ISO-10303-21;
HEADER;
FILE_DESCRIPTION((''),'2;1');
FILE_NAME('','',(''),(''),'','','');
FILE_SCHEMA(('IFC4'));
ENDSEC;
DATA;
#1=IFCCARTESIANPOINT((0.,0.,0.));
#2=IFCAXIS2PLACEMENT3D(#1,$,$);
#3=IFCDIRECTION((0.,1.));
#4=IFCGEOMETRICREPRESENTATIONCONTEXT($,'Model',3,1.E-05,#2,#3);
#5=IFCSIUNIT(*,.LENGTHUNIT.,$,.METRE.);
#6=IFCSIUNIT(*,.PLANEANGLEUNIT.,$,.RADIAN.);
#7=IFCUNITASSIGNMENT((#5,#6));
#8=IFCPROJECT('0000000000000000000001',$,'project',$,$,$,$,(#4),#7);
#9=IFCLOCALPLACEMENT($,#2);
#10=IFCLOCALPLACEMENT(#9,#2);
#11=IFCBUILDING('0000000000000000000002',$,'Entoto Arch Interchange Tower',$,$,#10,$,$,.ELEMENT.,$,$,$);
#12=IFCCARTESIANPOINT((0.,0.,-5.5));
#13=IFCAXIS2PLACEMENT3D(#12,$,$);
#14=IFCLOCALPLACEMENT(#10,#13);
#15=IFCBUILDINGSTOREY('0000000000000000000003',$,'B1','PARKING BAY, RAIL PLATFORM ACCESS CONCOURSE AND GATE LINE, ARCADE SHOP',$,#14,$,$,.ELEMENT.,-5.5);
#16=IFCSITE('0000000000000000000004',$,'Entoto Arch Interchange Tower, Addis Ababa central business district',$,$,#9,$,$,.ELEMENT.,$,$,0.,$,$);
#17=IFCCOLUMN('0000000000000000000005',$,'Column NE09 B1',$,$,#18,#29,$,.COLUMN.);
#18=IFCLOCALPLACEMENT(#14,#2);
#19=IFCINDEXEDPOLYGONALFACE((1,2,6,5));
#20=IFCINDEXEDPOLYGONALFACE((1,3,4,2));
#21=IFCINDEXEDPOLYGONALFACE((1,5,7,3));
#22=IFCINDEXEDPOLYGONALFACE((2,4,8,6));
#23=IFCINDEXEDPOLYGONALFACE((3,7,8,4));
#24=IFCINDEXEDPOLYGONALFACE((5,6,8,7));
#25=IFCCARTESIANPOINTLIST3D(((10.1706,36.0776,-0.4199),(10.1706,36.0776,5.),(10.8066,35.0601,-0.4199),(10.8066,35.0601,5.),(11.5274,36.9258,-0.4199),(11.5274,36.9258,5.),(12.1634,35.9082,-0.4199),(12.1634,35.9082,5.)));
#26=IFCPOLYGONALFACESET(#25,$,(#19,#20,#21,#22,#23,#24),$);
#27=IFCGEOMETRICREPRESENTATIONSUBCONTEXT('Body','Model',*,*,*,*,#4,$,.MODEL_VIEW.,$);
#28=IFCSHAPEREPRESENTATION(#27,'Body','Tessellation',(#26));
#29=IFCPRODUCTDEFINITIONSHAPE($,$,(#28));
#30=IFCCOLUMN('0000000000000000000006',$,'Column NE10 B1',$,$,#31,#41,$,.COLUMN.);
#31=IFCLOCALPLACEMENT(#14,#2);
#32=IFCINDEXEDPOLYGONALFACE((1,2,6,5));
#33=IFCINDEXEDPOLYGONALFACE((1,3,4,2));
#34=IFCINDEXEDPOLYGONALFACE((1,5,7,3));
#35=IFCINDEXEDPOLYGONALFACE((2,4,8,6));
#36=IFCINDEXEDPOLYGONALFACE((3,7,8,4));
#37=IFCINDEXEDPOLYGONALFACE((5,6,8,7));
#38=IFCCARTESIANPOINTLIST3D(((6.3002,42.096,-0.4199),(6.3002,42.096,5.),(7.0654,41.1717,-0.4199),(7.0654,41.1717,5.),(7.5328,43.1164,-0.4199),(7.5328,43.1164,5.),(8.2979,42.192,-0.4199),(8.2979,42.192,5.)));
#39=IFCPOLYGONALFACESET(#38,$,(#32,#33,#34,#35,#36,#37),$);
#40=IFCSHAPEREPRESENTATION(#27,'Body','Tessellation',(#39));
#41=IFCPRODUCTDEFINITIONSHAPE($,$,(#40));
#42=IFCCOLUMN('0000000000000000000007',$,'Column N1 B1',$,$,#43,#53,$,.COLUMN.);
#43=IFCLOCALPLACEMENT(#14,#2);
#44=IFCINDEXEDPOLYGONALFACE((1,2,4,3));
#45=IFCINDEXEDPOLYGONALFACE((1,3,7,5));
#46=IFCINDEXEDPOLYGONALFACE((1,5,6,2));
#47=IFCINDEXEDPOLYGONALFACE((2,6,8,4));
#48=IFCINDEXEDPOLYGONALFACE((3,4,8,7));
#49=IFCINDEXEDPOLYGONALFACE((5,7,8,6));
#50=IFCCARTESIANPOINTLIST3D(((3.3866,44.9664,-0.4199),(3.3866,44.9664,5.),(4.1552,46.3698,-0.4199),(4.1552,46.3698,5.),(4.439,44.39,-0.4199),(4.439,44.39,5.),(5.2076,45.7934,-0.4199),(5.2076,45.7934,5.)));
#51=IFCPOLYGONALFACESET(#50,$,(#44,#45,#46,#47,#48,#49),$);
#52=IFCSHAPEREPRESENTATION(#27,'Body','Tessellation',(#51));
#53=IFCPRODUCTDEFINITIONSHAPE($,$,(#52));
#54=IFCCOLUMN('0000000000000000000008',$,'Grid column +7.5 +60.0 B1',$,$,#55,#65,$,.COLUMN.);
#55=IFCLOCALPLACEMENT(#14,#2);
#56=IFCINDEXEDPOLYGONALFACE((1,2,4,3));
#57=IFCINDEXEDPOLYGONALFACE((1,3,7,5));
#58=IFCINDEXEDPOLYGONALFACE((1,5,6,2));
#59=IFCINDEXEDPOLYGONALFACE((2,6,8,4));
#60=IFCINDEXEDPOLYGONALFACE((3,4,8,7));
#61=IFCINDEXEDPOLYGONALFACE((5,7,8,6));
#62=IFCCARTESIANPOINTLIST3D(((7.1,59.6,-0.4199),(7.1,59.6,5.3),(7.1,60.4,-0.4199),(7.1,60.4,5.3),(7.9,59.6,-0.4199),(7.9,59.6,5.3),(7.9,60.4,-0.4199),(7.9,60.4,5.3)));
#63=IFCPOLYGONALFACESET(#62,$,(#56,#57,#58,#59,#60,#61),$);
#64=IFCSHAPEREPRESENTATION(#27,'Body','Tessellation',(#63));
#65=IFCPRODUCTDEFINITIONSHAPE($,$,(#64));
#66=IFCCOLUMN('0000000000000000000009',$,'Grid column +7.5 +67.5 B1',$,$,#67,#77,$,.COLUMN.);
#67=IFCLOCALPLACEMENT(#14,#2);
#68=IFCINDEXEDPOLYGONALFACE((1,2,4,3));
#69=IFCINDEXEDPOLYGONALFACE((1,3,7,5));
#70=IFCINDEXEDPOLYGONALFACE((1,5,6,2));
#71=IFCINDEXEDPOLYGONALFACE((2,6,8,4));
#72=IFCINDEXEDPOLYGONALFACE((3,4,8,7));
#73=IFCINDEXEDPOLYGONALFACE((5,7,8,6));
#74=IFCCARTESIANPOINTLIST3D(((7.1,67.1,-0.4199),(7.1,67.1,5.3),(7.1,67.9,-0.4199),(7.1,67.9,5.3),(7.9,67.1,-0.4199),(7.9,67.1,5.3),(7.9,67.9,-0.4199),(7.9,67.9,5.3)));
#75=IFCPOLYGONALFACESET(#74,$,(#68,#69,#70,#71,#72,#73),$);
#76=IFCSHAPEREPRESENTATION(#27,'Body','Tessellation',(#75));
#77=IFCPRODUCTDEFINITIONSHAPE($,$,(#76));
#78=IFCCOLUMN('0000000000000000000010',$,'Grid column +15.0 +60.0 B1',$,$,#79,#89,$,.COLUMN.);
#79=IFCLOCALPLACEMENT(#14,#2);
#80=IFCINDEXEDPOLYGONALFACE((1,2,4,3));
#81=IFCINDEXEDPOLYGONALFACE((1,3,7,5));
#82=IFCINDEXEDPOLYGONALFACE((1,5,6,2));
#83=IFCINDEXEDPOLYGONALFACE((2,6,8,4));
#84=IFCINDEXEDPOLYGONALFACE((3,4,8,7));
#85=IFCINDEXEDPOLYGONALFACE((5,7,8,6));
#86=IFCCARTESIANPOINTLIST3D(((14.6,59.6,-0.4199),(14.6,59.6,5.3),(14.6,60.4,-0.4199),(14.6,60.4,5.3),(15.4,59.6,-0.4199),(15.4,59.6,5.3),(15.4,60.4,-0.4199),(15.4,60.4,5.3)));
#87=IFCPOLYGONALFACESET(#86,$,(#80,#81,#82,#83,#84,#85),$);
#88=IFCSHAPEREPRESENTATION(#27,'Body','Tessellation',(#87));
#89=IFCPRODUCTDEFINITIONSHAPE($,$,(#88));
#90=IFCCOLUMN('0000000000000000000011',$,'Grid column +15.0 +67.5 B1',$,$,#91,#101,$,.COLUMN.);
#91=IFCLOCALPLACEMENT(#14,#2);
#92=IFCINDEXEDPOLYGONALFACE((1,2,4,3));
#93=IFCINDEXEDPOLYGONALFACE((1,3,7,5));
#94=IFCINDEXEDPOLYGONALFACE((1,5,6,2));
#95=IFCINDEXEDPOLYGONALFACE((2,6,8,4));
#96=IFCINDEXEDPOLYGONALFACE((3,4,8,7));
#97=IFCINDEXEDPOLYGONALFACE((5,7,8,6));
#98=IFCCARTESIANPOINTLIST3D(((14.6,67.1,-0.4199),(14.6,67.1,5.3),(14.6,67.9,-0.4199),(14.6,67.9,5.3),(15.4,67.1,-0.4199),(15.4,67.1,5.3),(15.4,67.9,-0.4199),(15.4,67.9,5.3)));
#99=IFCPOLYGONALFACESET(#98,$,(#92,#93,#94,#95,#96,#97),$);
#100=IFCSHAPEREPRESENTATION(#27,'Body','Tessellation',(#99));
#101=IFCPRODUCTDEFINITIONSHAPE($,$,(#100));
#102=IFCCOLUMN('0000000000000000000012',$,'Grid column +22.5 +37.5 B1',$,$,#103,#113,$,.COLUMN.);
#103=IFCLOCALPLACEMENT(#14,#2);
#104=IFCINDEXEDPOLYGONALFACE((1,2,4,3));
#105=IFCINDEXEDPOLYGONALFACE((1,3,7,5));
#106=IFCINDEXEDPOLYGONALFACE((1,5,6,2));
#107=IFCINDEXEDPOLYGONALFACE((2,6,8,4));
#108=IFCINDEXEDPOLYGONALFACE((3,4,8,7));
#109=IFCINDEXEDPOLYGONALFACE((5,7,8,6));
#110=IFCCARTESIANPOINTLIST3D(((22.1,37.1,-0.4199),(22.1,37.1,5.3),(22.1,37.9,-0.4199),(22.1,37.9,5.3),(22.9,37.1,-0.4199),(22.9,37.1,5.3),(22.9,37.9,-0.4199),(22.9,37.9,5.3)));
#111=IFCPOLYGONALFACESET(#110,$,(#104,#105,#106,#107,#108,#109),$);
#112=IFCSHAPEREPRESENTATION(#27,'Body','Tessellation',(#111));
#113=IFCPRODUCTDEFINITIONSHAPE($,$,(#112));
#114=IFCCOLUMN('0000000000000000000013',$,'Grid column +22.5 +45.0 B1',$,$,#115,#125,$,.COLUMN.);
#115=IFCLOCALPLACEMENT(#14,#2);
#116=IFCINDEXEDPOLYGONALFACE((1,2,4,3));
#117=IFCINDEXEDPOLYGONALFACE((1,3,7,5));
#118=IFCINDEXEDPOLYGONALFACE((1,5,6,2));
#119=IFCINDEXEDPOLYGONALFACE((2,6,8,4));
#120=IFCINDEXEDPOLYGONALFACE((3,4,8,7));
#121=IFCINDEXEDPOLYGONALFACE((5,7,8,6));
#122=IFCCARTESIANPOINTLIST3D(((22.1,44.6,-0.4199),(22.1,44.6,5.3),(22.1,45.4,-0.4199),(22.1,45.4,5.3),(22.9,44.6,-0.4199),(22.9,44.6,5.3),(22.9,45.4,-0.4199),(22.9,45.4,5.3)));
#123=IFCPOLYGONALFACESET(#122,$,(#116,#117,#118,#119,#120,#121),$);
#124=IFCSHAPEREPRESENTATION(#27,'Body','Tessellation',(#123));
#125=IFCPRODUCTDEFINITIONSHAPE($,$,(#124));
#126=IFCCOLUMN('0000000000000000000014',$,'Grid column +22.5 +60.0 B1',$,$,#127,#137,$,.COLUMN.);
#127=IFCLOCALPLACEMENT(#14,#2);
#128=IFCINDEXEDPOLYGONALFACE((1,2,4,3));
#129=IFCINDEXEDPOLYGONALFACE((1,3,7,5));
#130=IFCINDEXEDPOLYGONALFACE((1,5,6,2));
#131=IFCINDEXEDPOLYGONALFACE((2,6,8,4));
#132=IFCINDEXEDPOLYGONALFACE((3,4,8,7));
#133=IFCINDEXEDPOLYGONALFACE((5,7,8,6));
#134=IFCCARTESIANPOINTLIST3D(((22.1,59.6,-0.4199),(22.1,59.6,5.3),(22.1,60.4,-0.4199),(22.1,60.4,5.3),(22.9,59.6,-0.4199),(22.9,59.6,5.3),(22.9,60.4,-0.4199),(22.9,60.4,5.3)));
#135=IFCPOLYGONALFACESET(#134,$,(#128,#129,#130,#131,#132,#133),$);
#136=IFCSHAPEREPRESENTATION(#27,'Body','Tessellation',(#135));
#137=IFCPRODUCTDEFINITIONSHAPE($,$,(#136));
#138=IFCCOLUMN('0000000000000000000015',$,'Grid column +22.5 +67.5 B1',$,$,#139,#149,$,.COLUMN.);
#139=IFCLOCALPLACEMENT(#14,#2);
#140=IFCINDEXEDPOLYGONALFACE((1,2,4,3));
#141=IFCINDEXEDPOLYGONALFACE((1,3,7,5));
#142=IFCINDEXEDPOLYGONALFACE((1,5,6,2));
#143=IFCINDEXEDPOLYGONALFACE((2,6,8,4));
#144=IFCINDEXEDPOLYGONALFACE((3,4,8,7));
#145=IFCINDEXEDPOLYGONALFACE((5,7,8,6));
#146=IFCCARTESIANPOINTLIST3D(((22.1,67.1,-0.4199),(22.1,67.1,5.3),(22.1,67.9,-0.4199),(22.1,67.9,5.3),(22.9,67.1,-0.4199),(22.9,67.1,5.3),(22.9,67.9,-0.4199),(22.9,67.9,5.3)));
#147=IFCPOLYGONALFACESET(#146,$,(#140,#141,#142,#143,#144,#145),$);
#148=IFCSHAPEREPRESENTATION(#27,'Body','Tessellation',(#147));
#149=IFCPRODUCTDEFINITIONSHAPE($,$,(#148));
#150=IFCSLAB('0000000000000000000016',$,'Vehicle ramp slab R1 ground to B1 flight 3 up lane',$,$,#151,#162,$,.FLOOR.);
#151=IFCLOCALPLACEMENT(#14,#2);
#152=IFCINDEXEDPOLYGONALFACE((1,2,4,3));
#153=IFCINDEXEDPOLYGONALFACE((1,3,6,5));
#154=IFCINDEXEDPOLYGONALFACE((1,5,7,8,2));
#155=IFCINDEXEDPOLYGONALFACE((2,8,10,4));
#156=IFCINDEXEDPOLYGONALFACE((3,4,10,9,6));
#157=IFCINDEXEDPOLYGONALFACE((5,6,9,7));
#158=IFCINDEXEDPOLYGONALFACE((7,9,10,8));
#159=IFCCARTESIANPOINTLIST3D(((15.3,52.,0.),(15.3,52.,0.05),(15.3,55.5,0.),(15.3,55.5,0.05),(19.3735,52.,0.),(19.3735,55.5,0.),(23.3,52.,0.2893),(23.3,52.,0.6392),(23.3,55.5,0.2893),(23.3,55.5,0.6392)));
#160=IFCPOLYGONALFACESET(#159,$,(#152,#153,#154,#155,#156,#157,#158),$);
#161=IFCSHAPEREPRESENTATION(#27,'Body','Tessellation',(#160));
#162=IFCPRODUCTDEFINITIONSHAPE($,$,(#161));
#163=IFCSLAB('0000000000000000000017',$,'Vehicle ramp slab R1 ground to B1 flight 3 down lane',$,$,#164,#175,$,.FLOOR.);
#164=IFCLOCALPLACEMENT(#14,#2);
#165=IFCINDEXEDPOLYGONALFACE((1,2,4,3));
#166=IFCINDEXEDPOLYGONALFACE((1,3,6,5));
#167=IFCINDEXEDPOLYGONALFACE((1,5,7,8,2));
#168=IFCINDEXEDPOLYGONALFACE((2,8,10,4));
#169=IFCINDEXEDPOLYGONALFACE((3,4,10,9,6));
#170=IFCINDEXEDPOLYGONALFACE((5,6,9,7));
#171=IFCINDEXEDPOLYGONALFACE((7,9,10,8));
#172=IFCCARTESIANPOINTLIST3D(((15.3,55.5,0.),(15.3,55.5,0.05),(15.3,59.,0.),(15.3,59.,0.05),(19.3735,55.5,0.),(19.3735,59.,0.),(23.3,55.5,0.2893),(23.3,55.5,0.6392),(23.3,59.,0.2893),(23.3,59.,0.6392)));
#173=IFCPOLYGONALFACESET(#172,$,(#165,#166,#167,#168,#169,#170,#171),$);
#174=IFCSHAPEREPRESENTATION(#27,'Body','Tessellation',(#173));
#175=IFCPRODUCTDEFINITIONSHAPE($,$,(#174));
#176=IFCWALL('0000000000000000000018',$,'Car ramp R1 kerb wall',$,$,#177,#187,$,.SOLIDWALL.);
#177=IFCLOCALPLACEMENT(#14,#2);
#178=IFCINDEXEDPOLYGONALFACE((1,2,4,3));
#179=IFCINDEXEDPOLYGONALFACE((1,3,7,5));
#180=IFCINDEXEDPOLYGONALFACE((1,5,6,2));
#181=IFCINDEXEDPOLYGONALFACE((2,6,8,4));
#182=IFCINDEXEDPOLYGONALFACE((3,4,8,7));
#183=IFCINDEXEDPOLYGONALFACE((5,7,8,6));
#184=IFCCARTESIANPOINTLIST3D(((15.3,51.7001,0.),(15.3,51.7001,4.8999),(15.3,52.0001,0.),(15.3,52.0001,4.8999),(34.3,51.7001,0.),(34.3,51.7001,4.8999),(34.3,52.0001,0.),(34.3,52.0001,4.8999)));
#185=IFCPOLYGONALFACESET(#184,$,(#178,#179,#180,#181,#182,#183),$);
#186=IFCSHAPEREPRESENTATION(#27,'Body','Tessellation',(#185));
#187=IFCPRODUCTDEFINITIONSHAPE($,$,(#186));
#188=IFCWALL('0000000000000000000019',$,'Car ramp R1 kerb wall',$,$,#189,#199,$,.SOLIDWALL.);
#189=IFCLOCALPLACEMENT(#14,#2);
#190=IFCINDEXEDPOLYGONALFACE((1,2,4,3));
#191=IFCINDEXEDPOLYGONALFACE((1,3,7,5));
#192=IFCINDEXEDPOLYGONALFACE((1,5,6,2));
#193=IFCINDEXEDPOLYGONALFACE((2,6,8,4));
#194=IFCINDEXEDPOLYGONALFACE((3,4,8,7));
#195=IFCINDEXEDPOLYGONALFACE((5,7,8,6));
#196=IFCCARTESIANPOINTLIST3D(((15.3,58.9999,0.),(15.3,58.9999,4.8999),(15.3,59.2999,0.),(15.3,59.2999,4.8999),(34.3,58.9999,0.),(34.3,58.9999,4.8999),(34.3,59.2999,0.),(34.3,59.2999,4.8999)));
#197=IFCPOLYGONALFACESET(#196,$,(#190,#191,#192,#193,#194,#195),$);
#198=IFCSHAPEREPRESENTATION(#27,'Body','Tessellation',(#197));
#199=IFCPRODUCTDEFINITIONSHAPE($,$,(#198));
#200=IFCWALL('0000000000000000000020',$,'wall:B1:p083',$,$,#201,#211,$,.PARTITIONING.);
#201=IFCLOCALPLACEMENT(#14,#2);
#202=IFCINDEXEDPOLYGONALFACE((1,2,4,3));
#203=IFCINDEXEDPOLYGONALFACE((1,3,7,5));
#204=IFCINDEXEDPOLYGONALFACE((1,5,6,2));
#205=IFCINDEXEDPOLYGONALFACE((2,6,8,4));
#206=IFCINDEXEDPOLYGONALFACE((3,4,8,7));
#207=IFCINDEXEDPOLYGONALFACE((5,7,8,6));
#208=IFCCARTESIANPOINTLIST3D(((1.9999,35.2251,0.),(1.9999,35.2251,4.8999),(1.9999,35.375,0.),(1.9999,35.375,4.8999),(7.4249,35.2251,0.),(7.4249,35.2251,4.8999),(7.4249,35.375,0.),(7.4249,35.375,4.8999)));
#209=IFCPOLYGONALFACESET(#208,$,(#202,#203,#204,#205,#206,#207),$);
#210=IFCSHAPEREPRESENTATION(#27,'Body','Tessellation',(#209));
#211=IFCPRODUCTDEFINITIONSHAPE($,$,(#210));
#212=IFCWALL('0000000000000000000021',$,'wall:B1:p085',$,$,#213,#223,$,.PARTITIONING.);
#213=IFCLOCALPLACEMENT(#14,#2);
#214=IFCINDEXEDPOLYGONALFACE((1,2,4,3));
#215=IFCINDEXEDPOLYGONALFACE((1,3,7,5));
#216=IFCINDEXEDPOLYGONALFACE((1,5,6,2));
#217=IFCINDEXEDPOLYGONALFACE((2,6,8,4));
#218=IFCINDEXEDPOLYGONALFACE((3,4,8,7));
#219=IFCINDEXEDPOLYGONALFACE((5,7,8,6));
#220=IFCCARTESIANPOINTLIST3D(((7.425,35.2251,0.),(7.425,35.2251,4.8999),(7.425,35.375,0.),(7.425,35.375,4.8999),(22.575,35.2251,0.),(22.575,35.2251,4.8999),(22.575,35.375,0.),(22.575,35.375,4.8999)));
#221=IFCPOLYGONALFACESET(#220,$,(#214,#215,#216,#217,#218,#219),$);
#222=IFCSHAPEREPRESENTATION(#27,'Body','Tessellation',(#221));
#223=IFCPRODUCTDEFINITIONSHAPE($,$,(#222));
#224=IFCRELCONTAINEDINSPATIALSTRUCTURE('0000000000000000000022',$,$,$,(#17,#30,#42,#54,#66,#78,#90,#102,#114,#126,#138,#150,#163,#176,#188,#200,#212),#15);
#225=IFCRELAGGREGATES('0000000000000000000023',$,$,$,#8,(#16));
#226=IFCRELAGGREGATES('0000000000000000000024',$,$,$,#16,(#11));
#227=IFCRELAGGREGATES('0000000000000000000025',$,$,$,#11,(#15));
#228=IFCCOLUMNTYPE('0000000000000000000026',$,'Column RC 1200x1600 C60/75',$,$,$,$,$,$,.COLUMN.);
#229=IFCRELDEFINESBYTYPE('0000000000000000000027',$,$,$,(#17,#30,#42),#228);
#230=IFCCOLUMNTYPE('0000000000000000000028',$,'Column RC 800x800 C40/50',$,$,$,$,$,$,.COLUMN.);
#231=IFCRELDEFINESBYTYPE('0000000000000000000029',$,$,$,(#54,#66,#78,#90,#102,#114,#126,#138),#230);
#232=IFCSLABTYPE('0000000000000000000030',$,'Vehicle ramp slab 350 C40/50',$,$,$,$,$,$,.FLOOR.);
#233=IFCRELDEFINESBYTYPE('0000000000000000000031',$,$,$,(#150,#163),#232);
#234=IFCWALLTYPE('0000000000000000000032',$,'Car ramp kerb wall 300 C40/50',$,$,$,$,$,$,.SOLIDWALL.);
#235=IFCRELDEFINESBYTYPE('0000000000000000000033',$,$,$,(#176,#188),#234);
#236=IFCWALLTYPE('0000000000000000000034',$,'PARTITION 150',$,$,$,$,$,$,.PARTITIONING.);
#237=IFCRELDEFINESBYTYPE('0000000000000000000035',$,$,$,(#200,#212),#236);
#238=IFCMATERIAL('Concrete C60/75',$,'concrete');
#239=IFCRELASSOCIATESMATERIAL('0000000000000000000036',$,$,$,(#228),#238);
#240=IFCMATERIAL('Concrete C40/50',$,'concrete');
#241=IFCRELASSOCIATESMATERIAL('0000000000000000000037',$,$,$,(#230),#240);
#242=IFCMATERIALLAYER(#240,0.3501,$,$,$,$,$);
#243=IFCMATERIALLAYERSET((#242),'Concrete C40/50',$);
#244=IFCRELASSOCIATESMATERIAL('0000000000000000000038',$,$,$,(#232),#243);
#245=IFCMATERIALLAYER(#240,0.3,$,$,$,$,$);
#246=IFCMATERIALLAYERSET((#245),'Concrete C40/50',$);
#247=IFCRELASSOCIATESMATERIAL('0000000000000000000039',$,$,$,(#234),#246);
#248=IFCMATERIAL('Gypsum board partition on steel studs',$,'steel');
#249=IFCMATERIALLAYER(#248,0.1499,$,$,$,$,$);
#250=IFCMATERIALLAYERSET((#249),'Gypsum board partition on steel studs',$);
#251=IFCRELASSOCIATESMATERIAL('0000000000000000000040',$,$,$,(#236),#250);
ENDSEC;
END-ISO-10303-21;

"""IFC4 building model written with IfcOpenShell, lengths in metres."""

from ifc_helpers import new_model, si_unit, direction, frame, frame_2d, origin, origin_2d, place, context, subcontext, project, spatial, polyline, rectangle, outline, extrude, material, layer, layer_set, material_profile, profile_set, type_object, element, save


model = new_model("IFC4")

# Units and contexts
model_context = context("Model", 3, precision=1e-05, world=origin(), true_north=direction((0.0, 1.0)))
body_context = subcontext(model_context, "Body", "Model", "MODEL_VIEW")
ifc_project = project(units=[si_unit("LENGTHUNIT", "METRE"), si_unit("PLANEANGLEUNIT", "RADIAN")], contexts=[model_context])

# Site, building, storey
site_placement = place(None, origin())
site = spatial("IfcSite", under=ifc_project, at=site_placement, Name="Entoto Arch Interchange Tower, Addis Ababa central business district", CompositionType="ELEMENT", RefElevation=0.0)
building_placement = place(site_placement, origin())
building = spatial("IfcBuilding", under=site, at=building_placement, Name="Entoto Arch Interchange Tower", CompositionType="ELEMENT")
storey_placement = place(building_placement, frame((0.0, 0.0, -5.5)))
storey = spatial("IfcBuildingStorey", under=building, at=storey_placement, Name="B1", Description="PARKING BAY, RAIL PLATFORM ACCESS CONCOURSE AND GATE LINE, ARCADE SHOP", CompositionType="ELEMENT", Elevation=-5.5)

# Columns
ifc_material_1 = material(Name="Concrete C60/75", Category="concrete")
ifc_material_profile_1 = material_profile(ifc_material_1, rectangle(XDim=1.2, YDim=1.6001, at=origin_2d()))
ifc_profile_set_1 = profile_set([ifc_material_profile_1], Name="Concrete C60/75")
column_type_1 = type_object("IfcColumnType", Name="Column RC 1200x1600 C60/75", PredefinedType="COLUMN", material=ifc_profile_set_1)
for number, where, z_axis, x_axis, name in (
    (1, (11.167, 35.9929, -0.4199), (0.0, 0.0, 1.0), (-0.530067, 0.847956, 0.0), "Column NE09 B1"),
    (2, (7.2991, 42.144, -0.4199), (0.0, 0.0, 1.0), (-0.637666, 0.770313, 0.0), "Column NE10 B1"),
    (3, (4.2971, 45.3799, -0.4199), (0.0, 0.0, 1.0), (-0.877079, 0.480346, 0.0), "Column N1 B1"),
):
    element("IfcColumn", number, at=place(storey_placement, frame(where, z_axis=z_axis, x_axis=x_axis)), inside=storey, type_object=column_type_1, Name=name, PredefinedType="COLUMN", context=body_context, shape_type="SweptSolid", body=[
        extrude(rectangle(XDim=1.2, YDim=1.6001, at=origin_2d()), origin(), (0.0, 0.0, 1.0), 5.4199),
    ])
ifc_material_2 = material(Name="Concrete C40/50", Category="concrete")
ifc_material_profile_2 = material_profile(ifc_material_2, rectangle(XDim=0.8, YDim=0.8, at=origin_2d()))
ifc_profile_set_2 = profile_set([ifc_material_profile_2], Name="Concrete C40/50")
column_type_2 = type_object("IfcColumnType", Name="Column RC 800x800 C40/50", PredefinedType="COLUMN", material=ifc_profile_set_2)
for number, where, z_axis, x_axis, name in (
    (4, (7.5, 60.0, -0.4199), (0.0, 0.0, 1.0), (1.0, 0.0, 0.0), "Grid column +7.5 +60.0 B1"),
    (5, (7.5, 67.5, -0.4199), (0.0, 0.0, 1.0), (1.0, 0.0, 0.0), "Grid column +7.5 +67.5 B1"),
    (6, (15.0, 60.0, -0.4199), (0.0, 0.0, 1.0), (1.0, 0.0, 0.0), "Grid column +15.0 +60.0 B1"),
    (7, (15.0, 67.5, -0.4199), (0.0, 0.0, 1.0), (1.0, 0.0, 0.0), "Grid column +15.0 +67.5 B1"),
    (8, (22.5, 37.5, -0.4199), (0.0, 0.0, 1.0), (1.0, 0.0, 0.0), "Grid column +22.5 +37.5 B1"),
    (9, (22.5, 45.0, -0.4199), (0.0, 0.0, 1.0), (1.0, 0.0, 0.0), "Grid column +22.5 +45.0 B1"),
    (10, (22.5, 60.0, -0.4199), (0.0, 0.0, 1.0), (1.0, 0.0, 0.0), "Grid column +22.5 +60.0 B1"),
    (11, (22.5, 67.5, -0.4199), (0.0, 0.0, 1.0), (1.0, 0.0, 0.0), "Grid column +22.5 +67.5 B1"),
):
    element("IfcColumn", number, at=place(storey_placement, frame(where, z_axis=z_axis, x_axis=x_axis)), inside=storey, type_object=column_type_2, Name=name, PredefinedType="COLUMN", context=body_context, shape_type="SweptSolid", body=[
        extrude(rectangle(XDim=0.8, YDim=0.8, at=origin_2d()), origin(), (0.0, 0.0, 1.0), 5.72),
    ])

# Slabs
ifc_layer_1 = layer(ifc_material_2, 0.3501)
ifc_layer_set_1 = layer_set([ifc_layer_1], Name="Concrete C40/50")
slab_type = type_object("IfcSlabType", Name="Vehicle ramp slab 350 C40/50", PredefinedType="FLOOR", material=ifc_layer_set_1)
for number, where, z_axis, x_axis, name in (
    (12, (15.3, 52.0, 0.05), (0.0, 0.0, 1.0), (1.0, 0.0, 0.0), "Vehicle ramp slab R1 ground to B1 flight 3 up lane"),
    (13, (15.3, 55.5, 0.05), (0.0, 0.0, 1.0), (1.0, 0.0, 0.0), "Vehicle ramp slab R1 ground to B1 flight 3 down lane"),
):
    element("IfcSlab", number, at=place(storey_placement, frame(where, z_axis=z_axis, x_axis=x_axis)), inside=storey, type_object=slab_type, Name=name, PredefinedType="FLOOR", context=body_context, shape_type="SweptSolid", body=[
        extrude(outline(polyline([(0.0, -0.05), (4.0735, -0.05), (8.0, 0.2393), (8.0, 0.5891), (0.0, 0.0), (0.0, -0.05)])), frame((0.0, 3.5, 0.0), z_axis=(0.0, -1.0, 0.0), x_axis=(1.0, 0.0, 0.0)), (0.0, 0.0, 1.0), 3.5),
    ])

# Walls
ifc_layer_2 = layer(ifc_material_2, 0.3)
ifc_layer_set_2 = layer_set([ifc_layer_2], Name="Concrete C40/50")
wall_type_1 = type_object("IfcWallType", Name="Car ramp kerb wall 300 C40/50", PredefinedType="SOLIDWALL", material=ifc_layer_set_2)
for number, where, z_axis, x_axis, name in (
    (14, (15.3, 51.8501, 0.0), (0.0, 0.0, 1.0), (1.0, 0.0, 0.0), "Car ramp R1 kerb wall"),
    (15, (15.3, 59.1499, 0.0), (0.0, 0.0, 1.0), (1.0, 0.0, 0.0), "Car ramp R1 kerb wall"),
):
    element("IfcWall", number, at=place(storey_placement, frame(where, z_axis=z_axis, x_axis=x_axis)), inside=storey, type_object=wall_type_1, Name=name, PredefinedType="SOLIDWALL", context=body_context, shape_type="SweptSolid", body=[
        extrude(rectangle(XDim=19.0, YDim=0.3, at=frame_2d((9.5, 0.0))), origin(), (0.0, 0.0, 1.0), 4.8999),
    ])
ifc_material_3 = material(Name="Gypsum board partition on steel studs", Category="steel")
ifc_layer_3 = layer(ifc_material_3, 0.1499)
ifc_layer_set_3 = layer_set([ifc_layer_3], Name="Gypsum board partition on steel studs")
wall_type_2 = type_object("IfcWallType", Name="PARTITION 150", PredefinedType="PARTITIONING", material=ifc_layer_set_3)
wall_1_placement = place(storey_placement, frame((2.0, 35.3, 0.0), z_axis=(0.0, 0.0, 1.0), x_axis=(1.0, 0.0, 0.0)))
element("IfcWall", 16, at=wall_1_placement, inside=storey, type_object=wall_type_2, Name="wall:B1:p083", PredefinedType="PARTITIONING", context=body_context, shape_type="SweptSolid", body=[
    extrude(rectangle(XDim=5.425, YDim=0.1499, at=frame_2d((2.7124, 0.0))), origin(), (0.0, 0.0, 1.0), 4.8999),
])
wall_2_placement = place(storey_placement, frame((7.425, 35.3, 0.0), z_axis=(0.0, 0.0, 1.0), x_axis=(1.0, 0.0, 0.0)))
element("IfcWall", 17, at=wall_2_placement, inside=storey, type_object=wall_type_2, Name="wall:B1:p085", PredefinedType="PARTITIONING", context=body_context, shape_type="SweptSolid", body=[
    extrude(rectangle(XDim=15.1499, YDim=0.1499, at=frame_2d((7.575, 0.0))), origin(), (0.0, 0.0, 1.0), 4.8999),
])

save(model, "model.ifc")
